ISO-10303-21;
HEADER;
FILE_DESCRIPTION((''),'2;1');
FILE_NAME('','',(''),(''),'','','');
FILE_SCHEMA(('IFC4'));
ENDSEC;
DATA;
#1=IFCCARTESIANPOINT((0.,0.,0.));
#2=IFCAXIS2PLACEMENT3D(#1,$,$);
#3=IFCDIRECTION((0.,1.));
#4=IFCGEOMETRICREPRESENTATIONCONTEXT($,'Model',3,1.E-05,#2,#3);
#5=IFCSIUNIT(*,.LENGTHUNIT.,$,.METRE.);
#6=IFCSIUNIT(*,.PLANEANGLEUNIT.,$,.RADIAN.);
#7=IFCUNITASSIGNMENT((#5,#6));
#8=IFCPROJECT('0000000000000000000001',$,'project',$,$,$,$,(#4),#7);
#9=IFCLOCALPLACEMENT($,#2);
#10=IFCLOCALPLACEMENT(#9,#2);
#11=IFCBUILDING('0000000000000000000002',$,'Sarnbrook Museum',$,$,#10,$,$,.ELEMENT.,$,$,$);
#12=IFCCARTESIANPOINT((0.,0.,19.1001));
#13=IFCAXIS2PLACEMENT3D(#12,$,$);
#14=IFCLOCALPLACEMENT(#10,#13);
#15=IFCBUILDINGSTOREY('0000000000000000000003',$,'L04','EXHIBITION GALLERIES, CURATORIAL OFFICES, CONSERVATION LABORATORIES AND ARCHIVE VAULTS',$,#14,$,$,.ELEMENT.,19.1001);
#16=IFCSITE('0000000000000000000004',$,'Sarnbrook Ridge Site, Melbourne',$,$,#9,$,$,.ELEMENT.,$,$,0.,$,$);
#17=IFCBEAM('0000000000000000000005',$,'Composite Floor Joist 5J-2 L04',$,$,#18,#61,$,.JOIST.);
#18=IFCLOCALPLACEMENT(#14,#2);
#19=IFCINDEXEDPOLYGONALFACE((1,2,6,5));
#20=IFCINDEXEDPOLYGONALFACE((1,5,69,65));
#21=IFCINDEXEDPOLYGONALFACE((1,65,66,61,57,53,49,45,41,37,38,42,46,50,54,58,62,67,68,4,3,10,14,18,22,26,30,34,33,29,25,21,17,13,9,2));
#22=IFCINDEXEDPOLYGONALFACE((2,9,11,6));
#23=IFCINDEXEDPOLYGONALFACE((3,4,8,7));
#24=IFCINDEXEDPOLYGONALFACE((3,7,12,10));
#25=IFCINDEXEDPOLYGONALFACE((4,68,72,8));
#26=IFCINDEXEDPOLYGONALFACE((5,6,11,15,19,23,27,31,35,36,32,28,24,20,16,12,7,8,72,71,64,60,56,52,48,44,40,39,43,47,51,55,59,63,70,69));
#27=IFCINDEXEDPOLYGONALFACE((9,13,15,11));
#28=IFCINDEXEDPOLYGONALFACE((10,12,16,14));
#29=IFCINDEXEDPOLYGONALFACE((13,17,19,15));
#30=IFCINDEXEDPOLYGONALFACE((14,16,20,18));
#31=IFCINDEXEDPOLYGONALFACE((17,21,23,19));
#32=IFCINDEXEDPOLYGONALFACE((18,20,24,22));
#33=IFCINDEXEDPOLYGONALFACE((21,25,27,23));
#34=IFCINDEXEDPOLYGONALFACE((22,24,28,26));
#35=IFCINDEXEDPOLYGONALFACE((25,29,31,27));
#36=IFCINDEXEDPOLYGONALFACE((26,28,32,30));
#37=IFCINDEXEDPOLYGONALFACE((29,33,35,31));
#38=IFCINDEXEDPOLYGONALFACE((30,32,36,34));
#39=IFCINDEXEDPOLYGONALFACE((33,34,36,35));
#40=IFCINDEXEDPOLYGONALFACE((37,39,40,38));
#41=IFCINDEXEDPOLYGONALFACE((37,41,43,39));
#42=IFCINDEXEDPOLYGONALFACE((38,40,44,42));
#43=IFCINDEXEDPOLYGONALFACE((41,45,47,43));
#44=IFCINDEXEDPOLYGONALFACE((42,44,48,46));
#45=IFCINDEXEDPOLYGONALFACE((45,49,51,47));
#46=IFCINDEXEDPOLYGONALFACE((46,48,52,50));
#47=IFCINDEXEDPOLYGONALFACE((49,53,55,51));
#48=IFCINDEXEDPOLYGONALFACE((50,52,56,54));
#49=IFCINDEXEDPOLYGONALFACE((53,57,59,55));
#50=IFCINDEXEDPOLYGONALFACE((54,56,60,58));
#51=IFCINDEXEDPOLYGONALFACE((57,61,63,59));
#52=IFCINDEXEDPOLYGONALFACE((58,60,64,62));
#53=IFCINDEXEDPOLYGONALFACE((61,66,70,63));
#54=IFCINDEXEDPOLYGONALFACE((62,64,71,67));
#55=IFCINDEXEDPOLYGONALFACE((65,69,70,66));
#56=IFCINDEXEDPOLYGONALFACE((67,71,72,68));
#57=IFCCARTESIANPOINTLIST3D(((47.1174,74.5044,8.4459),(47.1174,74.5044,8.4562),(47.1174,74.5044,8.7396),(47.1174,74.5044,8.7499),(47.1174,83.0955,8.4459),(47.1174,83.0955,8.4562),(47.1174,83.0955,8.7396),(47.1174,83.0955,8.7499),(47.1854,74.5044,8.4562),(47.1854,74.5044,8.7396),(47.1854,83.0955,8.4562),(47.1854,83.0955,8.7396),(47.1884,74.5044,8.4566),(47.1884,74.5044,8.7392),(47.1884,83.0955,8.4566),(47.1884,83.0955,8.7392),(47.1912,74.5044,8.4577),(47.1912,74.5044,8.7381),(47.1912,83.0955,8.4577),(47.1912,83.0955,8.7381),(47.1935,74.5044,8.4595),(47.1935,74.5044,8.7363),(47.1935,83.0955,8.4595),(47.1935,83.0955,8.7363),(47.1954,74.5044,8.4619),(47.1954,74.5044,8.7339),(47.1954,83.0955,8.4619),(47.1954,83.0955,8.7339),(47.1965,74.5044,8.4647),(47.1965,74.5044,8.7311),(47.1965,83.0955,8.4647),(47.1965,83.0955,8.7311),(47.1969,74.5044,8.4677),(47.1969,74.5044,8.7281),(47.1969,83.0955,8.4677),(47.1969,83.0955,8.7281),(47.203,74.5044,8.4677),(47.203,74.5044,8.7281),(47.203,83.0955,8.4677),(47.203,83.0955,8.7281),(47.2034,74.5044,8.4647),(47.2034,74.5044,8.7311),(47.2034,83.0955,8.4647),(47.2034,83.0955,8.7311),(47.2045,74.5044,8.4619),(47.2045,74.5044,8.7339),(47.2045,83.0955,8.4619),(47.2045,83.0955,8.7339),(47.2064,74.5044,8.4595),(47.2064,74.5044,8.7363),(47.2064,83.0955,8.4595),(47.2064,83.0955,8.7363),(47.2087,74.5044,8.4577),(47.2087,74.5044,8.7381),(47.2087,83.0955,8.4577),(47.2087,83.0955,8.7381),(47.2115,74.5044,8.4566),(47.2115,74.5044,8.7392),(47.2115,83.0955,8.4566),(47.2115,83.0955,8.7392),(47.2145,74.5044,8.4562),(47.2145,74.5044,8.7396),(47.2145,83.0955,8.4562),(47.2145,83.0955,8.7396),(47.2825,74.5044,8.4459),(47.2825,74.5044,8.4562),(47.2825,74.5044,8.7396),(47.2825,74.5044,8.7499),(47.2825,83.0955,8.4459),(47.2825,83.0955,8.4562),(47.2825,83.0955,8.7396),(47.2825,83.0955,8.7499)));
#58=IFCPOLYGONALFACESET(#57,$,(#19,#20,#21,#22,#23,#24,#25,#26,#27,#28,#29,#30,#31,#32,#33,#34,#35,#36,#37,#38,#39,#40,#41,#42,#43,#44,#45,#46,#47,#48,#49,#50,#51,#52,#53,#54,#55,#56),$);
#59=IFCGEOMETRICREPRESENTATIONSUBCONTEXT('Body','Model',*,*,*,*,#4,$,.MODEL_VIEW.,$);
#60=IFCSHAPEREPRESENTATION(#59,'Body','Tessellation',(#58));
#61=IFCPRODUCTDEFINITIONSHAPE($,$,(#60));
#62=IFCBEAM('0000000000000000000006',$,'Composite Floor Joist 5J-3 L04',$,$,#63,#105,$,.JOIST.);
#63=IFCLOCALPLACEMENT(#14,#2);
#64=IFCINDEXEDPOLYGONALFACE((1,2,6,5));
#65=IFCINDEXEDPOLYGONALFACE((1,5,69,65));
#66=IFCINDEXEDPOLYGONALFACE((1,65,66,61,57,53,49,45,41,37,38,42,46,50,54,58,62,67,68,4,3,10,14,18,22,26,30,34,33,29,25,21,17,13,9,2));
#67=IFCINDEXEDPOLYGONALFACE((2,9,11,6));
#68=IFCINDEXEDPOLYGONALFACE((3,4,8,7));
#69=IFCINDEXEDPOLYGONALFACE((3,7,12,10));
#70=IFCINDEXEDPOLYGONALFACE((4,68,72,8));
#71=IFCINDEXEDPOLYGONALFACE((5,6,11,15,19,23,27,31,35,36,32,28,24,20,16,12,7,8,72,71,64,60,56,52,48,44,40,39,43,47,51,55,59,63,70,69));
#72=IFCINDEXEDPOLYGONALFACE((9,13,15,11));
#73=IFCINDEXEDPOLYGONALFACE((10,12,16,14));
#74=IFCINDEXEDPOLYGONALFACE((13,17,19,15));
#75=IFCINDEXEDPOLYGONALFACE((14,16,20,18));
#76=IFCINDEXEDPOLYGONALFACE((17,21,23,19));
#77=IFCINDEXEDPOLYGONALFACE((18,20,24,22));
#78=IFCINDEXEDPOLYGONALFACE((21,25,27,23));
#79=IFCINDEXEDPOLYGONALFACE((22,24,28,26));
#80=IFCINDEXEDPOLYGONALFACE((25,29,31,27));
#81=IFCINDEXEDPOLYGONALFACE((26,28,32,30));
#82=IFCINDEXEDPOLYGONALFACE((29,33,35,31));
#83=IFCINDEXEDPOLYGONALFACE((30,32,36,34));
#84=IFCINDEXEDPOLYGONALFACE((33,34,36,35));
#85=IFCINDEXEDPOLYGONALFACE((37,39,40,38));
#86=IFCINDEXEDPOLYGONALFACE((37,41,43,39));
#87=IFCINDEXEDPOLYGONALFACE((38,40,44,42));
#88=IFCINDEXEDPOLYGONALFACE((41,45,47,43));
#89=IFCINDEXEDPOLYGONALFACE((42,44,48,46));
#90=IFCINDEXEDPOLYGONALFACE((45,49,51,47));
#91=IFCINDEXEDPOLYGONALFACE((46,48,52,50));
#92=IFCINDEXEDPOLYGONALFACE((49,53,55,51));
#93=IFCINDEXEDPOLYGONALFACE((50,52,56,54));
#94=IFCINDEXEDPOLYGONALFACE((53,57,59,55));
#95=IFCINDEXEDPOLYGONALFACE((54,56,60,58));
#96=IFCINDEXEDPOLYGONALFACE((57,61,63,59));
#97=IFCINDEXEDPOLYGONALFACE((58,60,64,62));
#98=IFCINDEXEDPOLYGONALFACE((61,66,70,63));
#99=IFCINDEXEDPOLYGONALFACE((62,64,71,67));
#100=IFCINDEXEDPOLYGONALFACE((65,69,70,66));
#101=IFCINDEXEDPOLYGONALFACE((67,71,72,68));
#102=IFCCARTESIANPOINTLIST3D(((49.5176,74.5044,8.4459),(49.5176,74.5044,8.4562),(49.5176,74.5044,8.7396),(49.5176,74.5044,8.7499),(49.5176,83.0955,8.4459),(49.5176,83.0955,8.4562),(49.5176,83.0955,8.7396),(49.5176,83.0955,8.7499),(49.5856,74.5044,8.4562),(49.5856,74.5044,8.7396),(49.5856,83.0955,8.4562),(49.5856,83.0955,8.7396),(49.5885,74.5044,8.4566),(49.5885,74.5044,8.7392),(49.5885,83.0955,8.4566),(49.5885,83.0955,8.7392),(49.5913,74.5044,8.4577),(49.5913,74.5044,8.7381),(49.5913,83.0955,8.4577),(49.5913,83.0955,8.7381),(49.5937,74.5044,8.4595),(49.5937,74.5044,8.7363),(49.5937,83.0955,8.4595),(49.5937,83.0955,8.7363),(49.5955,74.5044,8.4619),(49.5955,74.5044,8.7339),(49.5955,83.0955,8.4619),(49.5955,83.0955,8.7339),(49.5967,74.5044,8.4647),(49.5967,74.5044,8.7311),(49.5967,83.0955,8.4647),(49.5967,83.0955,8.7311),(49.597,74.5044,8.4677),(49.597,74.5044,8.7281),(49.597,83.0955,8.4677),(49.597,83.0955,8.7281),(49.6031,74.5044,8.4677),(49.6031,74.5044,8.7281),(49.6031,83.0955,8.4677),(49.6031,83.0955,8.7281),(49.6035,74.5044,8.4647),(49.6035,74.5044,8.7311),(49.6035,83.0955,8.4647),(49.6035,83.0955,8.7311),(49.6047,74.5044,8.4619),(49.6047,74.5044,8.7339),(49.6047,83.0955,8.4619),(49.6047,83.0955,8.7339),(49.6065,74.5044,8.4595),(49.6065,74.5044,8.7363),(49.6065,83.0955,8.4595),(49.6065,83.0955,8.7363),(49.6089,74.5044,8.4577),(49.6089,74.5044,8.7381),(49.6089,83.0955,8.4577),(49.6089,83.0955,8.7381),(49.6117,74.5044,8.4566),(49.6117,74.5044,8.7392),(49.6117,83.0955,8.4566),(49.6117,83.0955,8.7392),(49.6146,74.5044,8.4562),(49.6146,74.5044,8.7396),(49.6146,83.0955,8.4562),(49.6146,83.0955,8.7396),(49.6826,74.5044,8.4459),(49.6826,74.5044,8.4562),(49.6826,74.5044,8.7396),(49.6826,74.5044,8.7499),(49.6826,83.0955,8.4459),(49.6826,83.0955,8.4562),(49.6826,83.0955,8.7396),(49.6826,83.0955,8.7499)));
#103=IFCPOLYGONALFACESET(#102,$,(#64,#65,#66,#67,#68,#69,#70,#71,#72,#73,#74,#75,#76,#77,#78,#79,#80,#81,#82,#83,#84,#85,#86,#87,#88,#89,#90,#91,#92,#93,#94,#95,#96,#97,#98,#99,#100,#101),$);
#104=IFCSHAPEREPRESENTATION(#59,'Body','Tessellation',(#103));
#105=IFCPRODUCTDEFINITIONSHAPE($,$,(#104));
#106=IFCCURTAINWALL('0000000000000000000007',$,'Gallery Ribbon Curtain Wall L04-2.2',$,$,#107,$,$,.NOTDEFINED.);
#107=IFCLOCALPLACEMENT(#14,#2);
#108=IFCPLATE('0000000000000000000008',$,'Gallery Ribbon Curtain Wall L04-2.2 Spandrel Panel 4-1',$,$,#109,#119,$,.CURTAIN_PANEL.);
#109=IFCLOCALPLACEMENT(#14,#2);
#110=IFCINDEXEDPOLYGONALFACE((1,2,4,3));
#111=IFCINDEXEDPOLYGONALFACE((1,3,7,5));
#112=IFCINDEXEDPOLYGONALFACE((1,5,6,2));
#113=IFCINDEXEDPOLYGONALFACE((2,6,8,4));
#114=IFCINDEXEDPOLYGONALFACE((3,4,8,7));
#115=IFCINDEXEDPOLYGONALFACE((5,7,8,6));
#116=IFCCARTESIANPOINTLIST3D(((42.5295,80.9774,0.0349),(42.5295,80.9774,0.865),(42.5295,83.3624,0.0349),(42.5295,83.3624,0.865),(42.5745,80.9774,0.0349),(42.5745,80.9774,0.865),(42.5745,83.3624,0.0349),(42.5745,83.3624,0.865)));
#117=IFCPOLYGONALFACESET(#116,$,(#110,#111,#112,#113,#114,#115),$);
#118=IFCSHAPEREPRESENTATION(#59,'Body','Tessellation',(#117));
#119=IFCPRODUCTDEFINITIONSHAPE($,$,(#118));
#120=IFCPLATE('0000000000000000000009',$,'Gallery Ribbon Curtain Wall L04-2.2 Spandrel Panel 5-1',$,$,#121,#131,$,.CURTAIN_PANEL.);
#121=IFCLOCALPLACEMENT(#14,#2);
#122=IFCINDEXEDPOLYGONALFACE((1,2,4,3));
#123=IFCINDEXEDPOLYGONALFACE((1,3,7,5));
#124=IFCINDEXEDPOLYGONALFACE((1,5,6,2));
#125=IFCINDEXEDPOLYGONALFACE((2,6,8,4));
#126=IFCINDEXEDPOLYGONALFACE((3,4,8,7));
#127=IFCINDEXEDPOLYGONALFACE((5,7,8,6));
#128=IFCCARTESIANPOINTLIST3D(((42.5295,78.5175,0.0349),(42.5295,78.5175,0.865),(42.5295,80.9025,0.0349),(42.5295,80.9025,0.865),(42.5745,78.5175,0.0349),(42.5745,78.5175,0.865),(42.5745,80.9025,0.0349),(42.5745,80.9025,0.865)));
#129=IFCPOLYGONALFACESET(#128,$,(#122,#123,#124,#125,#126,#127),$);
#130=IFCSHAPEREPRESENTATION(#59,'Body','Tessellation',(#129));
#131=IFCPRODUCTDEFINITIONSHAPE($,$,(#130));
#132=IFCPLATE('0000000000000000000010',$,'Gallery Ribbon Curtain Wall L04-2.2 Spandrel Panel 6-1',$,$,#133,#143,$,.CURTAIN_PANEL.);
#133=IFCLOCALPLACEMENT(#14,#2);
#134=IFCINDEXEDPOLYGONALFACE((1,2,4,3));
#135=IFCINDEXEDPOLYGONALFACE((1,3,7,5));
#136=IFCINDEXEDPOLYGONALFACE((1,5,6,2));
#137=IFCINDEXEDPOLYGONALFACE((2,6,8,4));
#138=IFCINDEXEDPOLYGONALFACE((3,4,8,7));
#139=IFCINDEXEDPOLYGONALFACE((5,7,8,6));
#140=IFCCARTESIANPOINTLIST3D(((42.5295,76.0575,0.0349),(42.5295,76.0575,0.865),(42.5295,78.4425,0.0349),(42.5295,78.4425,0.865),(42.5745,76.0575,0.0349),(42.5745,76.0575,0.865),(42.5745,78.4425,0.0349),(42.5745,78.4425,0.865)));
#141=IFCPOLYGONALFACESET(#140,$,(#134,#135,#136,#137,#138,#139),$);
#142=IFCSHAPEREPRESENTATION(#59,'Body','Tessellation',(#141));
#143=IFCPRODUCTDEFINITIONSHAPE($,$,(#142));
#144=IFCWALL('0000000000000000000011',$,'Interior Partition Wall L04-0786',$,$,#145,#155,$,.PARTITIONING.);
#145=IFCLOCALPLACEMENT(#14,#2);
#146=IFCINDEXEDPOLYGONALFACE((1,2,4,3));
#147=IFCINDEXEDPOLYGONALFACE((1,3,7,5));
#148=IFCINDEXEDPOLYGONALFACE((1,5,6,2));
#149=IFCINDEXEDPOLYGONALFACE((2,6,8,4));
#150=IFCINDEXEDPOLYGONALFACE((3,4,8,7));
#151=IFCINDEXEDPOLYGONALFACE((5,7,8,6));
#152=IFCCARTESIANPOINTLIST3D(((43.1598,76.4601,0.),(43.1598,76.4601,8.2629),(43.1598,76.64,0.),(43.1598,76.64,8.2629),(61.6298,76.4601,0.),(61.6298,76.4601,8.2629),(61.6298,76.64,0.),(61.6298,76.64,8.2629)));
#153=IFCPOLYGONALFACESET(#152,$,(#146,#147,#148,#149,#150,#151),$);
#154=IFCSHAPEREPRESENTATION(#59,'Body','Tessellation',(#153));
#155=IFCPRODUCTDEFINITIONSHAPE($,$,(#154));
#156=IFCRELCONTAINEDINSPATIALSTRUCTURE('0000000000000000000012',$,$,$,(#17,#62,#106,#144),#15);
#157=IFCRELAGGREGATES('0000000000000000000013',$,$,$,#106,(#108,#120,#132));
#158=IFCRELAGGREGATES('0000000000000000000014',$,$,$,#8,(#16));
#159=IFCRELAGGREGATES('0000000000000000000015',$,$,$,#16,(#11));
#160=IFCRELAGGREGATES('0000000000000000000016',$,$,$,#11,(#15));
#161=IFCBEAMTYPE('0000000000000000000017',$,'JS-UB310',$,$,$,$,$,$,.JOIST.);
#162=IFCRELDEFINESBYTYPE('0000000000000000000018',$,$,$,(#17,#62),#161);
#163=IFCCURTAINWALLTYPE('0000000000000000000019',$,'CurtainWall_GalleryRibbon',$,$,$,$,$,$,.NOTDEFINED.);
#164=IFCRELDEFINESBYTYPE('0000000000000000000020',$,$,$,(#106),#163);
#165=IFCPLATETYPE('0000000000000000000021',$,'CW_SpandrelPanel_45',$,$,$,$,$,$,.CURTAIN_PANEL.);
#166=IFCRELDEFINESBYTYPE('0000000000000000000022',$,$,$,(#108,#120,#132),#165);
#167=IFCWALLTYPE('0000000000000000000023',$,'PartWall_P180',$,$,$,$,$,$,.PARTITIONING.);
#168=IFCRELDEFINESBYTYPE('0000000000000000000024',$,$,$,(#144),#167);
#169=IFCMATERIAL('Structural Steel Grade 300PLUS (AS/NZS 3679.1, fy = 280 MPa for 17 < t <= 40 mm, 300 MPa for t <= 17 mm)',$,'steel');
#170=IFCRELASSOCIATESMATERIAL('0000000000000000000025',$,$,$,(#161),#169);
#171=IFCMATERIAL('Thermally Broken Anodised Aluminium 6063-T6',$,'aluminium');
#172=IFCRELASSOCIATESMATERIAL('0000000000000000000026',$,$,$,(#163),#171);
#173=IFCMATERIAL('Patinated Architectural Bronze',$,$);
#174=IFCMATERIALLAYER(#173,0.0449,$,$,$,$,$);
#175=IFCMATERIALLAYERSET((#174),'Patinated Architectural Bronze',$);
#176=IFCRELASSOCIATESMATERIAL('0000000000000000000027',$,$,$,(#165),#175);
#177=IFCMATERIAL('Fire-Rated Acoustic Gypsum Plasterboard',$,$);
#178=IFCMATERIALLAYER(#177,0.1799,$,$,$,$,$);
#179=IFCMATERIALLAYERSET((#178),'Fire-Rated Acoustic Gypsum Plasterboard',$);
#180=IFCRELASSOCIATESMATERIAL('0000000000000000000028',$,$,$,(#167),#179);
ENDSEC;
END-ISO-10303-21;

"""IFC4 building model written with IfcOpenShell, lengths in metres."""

from ifc_helpers import new_model, si_unit, direction, frame, frame_2d, origin, origin_2d, place, context, subcontext, project, spatial, rectangle, i_section, extrude, material, layer, layer_set, material_profile, profile_set, type_object, element, aggregate, save


model = new_model("IFC4")

# Units and contexts
model_context = context("Model", 3, precision=1e-05, world=origin(), true_north=direction((0.0, 1.0)))
body_context = subcontext(model_context, "Body", "Model", "MODEL_VIEW")
ifc_project = project(units=[si_unit("LENGTHUNIT", "METRE"), si_unit("PLANEANGLEUNIT", "RADIAN")], contexts=[model_context])

# Site, building, storey
site_placement = place(None, origin())
site = spatial("IfcSite", under=ifc_project, at=site_placement, Name="Sarnbrook Ridge Site, Melbourne", CompositionType="ELEMENT", RefElevation=0.0)
building_placement = place(site_placement, origin())
building = spatial("IfcBuilding", under=site, at=building_placement, Name="Sarnbrook Museum", CompositionType="ELEMENT")
storey_placement = place(building_placement, frame((0.0, 0.0, 19.1001)))
storey = spatial("IfcBuildingStorey", under=building, at=storey_placement, Name="L04", Description="EXHIBITION GALLERIES, CURATORIAL OFFICES, CONSERVATION LABORATORIES AND ARCHIVE VAULTS", CompositionType="ELEMENT", Elevation=19.1001)

# Shared definitions
ifc_material_1 = material(Name="Structural Steel Grade 300PLUS (AS/NZS 3679.1, fy = 280 MPa for 17 < t <= 40 mm, 300 MPa for t <= 17 mm)", Category="steel")

# Beams
ifc_material_profile_1 = material_profile(ifc_material_1, i_section(OverallWidth=0.165, OverallDepth=0.304, WebThickness=0.0061, FlangeThickness=0.0103, FilletRadius=0.0115, at=origin_2d()), Name="310UB40.4")
ifc_profile_set_1 = profile_set([ifc_material_profile_1], Name="Structural Steel Grade 300PLUS (AS/NZS 3679.1, fy = 280 MPa for 17 < t <= 40 mm, 300 MPa for t <= 17 mm)")
beam_type_1 = type_object("IfcBeamType", Name="JS-UB310", PredefinedType="JOIST", material=ifc_profile_set_1)
for number, where, z_axis, x_axis, name in (
    (1, (47.2, 74.5044, 8.5979), (0.0, 1.0, 0.0), (-1.0, 0.0, 0.0), "Composite Floor Joist 5J-2 L04"),
    (2, (49.6001, 74.5044, 8.5979), (0.0, 1.0, 0.0), (-1.0, 0.0, 0.0), "Composite Floor Joist 5J-3 L04"),
):
    element("IfcBeam", number, at=place(storey_placement, frame(where, z_axis=z_axis, x_axis=x_axis)), inside=storey, type_object=beam_type_1, Name=name, PredefinedType="JOIST", context=body_context, shape_type="SweptSolid", body=[
        extrude(i_section(OverallWidth=0.165, OverallDepth=0.304, WebThickness=0.0061, FlangeThickness=0.0103, FilletRadius=0.0115, at=origin_2d()), origin(), (0.0, 0.0, 1.0), 8.5911),
    ])

# Curtain wall, plates
ifc_material_2 = material(Name="Thermally Broken Anodised Aluminium 6063-T6", Category="aluminium")
curtain_wall_type = type_object("IfcCurtainWallType", Name="CurtainWall_GalleryRibbon", PredefinedType="NOTDEFINED", material=ifc_material_2)
curtain_wall_placement = place(storey_placement, origin())
curtain_wall = element("IfcCurtainWall", 3, at=curtain_wall_placement, inside=storey, type_object=curtain_wall_type, Name="Gallery Ribbon Curtain Wall L04-2.2", PredefinedType="NOTDEFINED")
ifc_material_3 = material(Name="Patinated Architectural Bronze")
ifc_layer_1 = layer(ifc_material_3, 0.0449)
ifc_layer_set_1 = layer_set([ifc_layer_1], Name="Patinated Architectural Bronze")
plate_type = type_object("IfcPlateType", Name="CW_SpandrelPanel_45", PredefinedType="CURTAIN_PANEL", material=ifc_layer_set_1)
plate_1_placement = place(storey_placement, frame((42.5745, 82.1699, 0.45), z_axis=(-1.0, 0.0, 0.0), x_axis=(0.0, -1.0, 0.0)))
plate_1 = element("IfcPlate", 4, at=plate_1_placement, type_object=plate_type, Name="Gallery Ribbon Curtain Wall L04-2.2 Spandrel Panel 4-1", PredefinedType="CURTAIN_PANEL", context=body_context, shape_type="SweptSolid", body=[
    extrude(rectangle(XDim=2.385, YDim=0.8301, at=origin_2d()), origin(), (0.0, 0.0, 1.0), 0.0449),
])
plate_2_placement = place(storey_placement, frame((42.5745, 79.71, 0.45), z_axis=(-1.0, 0.0, 0.0), x_axis=(0.0, -1.0, 0.0)))
plate_2 = element("IfcPlate", 5, at=plate_2_placement, type_object=plate_type, Name="Gallery Ribbon Curtain Wall L04-2.2 Spandrel Panel 5-1", PredefinedType="CURTAIN_PANEL", context=body_context, shape_type="SweptSolid", body=[
    extrude(rectangle(XDim=2.385, YDim=0.8301, at=origin_2d()), origin(), (0.0, 0.0, 1.0), 0.0449),
])
plate_3_placement = place(storey_placement, frame((42.5745, 77.25, 0.45), z_axis=(-1.0, 0.0, 0.0), x_axis=(0.0, -1.0, 0.0)))
plate_3 = element("IfcPlate", 6, at=plate_3_placement, type_object=plate_type, Name="Gallery Ribbon Curtain Wall L04-2.2 Spandrel Panel 6-1", PredefinedType="CURTAIN_PANEL", context=body_context, shape_type="SweptSolid", body=[
    extrude(rectangle(XDim=2.385, YDim=0.8301, at=origin_2d()), origin(), (0.0, 0.0, 1.0), 0.0449),
])
aggregate(curtain_wall, [plate_1, plate_2, plate_3])

# Wall
ifc_material_4 = material(Name="Fire-Rated Acoustic Gypsum Plasterboard")
ifc_layer_2 = layer(ifc_material_4, 0.1799)
ifc_layer_set_2 = layer_set([ifc_layer_2], Name="Fire-Rated Acoustic Gypsum Plasterboard")
wall_type = type_object("IfcWallType", Name="PartWall_P180", PredefinedType="PARTITIONING", material=ifc_layer_set_2)
wall_placement = place(storey_placement, frame((43.1599, 76.55, 0.0), z_axis=(0.0, 0.0, 1.0), x_axis=(1.0, 0.0, 0.0)))
element("IfcWall", 7, at=wall_placement, inside=storey, type_object=wall_type, Name="Interior Partition Wall L04-0786", PredefinedType="PARTITIONING", context=body_context, shape_type="SweptSolid", body=[
    extrude(rectangle(XDim=18.47, YDim=0.1799, at=frame_2d((9.2349, 0.0))), origin(), (0.0, 0.0, 1.0), 8.2629),
])

save(model, "model.ifc")
